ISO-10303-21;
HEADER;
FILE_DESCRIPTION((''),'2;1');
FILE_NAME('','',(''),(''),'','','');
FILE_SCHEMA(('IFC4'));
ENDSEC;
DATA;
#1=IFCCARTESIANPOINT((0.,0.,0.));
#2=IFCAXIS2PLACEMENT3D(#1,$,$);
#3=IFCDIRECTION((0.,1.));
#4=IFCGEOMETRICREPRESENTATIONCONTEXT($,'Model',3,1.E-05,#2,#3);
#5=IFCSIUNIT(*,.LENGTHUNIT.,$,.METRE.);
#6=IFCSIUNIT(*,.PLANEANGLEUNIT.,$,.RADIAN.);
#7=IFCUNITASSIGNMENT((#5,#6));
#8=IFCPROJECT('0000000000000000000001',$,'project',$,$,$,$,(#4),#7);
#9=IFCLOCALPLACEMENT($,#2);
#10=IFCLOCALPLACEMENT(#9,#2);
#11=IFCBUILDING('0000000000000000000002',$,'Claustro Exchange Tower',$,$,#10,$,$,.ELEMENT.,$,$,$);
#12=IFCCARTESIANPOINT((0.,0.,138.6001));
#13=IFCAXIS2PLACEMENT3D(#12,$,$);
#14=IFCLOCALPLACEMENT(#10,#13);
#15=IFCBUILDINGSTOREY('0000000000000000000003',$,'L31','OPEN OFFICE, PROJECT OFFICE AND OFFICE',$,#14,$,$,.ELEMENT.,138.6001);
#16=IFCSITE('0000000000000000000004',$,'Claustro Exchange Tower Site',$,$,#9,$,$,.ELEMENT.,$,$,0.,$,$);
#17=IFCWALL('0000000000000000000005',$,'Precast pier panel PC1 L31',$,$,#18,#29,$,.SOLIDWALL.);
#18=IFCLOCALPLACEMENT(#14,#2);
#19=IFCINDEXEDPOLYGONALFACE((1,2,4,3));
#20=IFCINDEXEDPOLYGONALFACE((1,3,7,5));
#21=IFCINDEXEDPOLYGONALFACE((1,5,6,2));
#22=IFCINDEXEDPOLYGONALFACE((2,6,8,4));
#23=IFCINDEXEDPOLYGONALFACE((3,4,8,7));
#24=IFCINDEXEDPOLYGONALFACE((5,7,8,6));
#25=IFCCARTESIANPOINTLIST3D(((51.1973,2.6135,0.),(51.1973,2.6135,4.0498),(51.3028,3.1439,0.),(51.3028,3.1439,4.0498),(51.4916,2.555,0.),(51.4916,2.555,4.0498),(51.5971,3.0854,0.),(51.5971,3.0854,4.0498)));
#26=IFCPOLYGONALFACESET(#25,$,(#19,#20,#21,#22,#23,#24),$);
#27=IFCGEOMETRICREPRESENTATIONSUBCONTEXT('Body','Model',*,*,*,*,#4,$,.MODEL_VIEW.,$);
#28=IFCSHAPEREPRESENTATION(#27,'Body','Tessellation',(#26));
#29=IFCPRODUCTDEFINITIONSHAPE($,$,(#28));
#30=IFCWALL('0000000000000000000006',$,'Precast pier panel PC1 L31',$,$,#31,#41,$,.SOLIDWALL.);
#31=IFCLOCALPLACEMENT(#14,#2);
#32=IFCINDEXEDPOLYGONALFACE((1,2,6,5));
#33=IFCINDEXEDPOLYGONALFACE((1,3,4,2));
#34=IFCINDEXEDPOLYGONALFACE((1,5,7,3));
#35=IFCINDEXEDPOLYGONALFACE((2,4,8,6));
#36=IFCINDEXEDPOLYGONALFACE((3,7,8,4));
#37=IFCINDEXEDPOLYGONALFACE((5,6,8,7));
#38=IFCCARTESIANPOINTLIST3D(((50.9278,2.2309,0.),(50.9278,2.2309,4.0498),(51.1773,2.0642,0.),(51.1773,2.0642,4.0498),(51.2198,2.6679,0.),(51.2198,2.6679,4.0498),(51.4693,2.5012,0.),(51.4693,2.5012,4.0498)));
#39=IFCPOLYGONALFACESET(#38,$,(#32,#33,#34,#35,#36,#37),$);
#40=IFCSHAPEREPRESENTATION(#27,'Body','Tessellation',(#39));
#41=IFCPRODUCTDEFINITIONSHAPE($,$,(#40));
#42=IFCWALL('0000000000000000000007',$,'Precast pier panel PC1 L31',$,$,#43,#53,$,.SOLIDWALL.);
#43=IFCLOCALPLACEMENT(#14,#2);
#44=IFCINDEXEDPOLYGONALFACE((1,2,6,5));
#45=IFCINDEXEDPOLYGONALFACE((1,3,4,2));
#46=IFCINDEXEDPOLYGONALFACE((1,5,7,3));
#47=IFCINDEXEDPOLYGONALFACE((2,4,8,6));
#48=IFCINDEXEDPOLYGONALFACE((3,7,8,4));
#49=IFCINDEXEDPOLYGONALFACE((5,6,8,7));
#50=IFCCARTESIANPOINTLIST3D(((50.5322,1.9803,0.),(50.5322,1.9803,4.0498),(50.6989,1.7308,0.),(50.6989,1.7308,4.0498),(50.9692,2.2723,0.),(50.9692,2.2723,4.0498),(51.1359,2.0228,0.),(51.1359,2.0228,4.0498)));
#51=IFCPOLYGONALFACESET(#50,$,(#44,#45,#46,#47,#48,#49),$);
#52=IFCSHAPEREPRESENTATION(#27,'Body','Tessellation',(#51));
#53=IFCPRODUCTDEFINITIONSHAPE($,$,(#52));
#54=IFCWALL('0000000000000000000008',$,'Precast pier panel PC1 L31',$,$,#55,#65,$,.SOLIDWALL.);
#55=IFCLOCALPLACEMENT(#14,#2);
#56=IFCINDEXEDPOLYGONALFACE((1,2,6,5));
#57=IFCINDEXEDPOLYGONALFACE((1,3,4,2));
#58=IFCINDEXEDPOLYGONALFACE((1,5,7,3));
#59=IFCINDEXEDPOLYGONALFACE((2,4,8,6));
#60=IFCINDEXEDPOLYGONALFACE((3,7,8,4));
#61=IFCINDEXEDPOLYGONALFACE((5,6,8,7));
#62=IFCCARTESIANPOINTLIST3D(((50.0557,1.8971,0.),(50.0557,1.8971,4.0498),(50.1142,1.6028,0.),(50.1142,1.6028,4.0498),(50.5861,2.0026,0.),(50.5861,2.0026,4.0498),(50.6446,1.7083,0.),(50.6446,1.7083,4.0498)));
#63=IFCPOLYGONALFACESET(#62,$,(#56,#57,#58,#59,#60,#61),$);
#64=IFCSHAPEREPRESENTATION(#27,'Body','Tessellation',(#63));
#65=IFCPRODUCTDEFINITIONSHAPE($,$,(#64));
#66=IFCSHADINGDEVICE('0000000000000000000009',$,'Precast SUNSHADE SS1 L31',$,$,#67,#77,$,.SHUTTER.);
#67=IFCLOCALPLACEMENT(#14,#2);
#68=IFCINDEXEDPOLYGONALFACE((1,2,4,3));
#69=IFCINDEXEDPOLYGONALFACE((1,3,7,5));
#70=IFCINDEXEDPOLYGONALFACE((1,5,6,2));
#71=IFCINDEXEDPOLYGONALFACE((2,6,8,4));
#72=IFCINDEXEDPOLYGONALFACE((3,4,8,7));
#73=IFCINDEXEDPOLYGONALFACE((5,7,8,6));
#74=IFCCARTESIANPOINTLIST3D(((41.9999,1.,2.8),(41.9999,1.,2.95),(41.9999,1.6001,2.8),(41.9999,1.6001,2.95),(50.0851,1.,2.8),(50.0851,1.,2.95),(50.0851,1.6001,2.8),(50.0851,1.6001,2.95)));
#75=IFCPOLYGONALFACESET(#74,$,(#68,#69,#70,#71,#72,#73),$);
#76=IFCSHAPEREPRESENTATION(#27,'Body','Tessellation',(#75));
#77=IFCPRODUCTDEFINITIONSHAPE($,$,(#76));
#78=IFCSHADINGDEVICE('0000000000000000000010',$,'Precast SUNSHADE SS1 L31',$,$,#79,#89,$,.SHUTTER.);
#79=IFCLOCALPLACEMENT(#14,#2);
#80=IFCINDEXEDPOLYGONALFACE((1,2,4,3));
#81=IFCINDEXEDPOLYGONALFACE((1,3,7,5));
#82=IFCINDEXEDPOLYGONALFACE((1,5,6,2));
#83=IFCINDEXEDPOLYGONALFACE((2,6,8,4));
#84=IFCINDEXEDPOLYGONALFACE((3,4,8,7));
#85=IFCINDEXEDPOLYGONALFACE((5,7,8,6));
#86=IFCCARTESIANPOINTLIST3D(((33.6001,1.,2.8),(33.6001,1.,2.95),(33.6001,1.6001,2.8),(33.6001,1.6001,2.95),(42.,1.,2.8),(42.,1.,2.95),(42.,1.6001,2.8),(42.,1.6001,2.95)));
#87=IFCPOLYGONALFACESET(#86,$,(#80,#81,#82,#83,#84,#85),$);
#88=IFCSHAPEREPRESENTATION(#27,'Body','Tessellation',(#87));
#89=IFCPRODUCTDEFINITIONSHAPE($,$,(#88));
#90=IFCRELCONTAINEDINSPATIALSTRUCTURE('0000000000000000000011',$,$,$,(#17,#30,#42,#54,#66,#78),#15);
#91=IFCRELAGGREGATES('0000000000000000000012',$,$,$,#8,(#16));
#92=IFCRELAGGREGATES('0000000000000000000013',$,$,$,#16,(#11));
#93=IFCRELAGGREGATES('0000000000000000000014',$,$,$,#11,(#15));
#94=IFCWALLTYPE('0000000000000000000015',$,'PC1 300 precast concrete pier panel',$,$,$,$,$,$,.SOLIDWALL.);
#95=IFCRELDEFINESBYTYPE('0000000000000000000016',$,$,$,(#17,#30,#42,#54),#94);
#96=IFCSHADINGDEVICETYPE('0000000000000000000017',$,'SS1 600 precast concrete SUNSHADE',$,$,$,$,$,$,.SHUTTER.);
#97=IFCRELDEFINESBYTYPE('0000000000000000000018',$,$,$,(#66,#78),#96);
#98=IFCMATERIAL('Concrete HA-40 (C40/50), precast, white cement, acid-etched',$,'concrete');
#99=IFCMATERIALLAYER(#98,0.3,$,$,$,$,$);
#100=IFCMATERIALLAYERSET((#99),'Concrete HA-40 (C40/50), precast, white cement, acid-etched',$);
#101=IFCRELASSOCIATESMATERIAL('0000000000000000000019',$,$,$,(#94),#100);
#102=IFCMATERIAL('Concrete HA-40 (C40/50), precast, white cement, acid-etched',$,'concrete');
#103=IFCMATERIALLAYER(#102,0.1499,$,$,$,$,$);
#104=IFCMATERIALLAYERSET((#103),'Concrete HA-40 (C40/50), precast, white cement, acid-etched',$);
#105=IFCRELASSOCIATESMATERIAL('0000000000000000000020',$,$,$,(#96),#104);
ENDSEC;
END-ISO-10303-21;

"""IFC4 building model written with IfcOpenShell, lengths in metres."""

from ifc_helpers import new_model, si_unit, direction, frame, frame_2d, origin, origin_2d, place, context, subcontext, project, spatial, rectangle, extrude, material, layer, layer_set, type_object, element, save


model = new_model("IFC4")

# Units and contexts
model_context = context("Model", 3, precision=1e-05, world=origin(), true_north=direction((0.0, 1.0)))
body_context = subcontext(model_context, "Body", "Model", "MODEL_VIEW")
ifc_project = project(units=[si_unit("LENGTHUNIT", "METRE"), si_unit("PLANEANGLEUNIT", "RADIAN")], contexts=[model_context])

# Site, building, storey
site_placement = place(None, origin())
site = spatial("IfcSite", under=ifc_project, at=site_placement, Name="Claustro Exchange Tower Site", CompositionType="ELEMENT", RefElevation=0.0)
building_placement = place(site_placement, origin())
building = spatial("IfcBuilding", under=site, at=building_placement, Name="Claustro Exchange Tower", CompositionType="ELEMENT")
storey_placement = place(building_placement, frame((0.0, 0.0, 138.6001)))
storey = spatial("IfcBuildingStorey", under=building, at=storey_placement, Name="L31", Description="OPEN OFFICE, PROJECT OFFICE AND OFFICE", CompositionType="ELEMENT", Elevation=138.6001)

# Shared definitions
ifc_material_1 = material(Name="Concrete HA-40 (C40/50), precast, white cement, acid-etched", Category="concrete")
ifc_layer_1 = layer(ifc_material_1, 0.3)
ifc_layer_set_1 = layer_set([ifc_layer_1], Name="Concrete HA-40 (C40/50), precast, white cement, acid-etched")
wall_type_1 = type_object("IfcWallType", Name="PC1 300 precast concrete pier panel", PredefinedType="SOLIDWALL", material=ifc_layer_set_1)

# Walls
wall_1_placement = place(storey_placement, frame((51.45, 3.1147, 0.0), z_axis=(0.0, 0.0, 1.0), x_axis=(-0.195074, -0.980789, 0.0)))
element("IfcWall", 1, at=wall_1_placement, inside=storey, type_object=wall_type_1, Name="Precast pier panel PC1 L31", PredefinedType="SOLIDWALL", context=body_context, shape_type="SweptSolid", body=[
    extrude(rectangle(XDim=0.5408, YDim=0.3, at=frame_2d((0.2705, 0.0))), origin(), (0.0, 0.0, 1.0), 4.0498),
])
for number, where, z_axis, x_axis, name in (
    (2, (51.3445, 2.5845, 0.0), (0.0, 0.0, 1.0), (-0.555557, -0.831478, 0.0), "Precast pier panel PC1 L31"),
    (3, (51.0525, 2.1475, 0.0), (0.0, 0.0, 1.0), (-0.831478, -0.555557, 0.0), "Precast pier panel PC1 L31"),
):
    element("IfcWall", number, at=place(storey_placement, frame(where, z_axis=z_axis, x_axis=x_axis)), inside=storey, type_object=wall_type_1, Name=name, PredefinedType="SOLIDWALL", context=body_context, shape_type="SweptSolid", body=[
        extrude(rectangle(XDim=0.5256, YDim=0.3, at=frame_2d((0.2627, 0.0))), origin(), (0.0, 0.0, 1.0), 4.0498),
    ])
wall_2_placement = place(storey_placement, frame((50.6155, 1.8555, 0.0), z_axis=(0.0, 0.0, 1.0), x_axis=(-0.980789, -0.195074, 0.0)))
element("IfcWall", 4, at=wall_2_placement, inside=storey, type_object=wall_type_1, Name="Precast pier panel PC1 L31", PredefinedType="SOLIDWALL", context=body_context, shape_type="SweptSolid", body=[
    extrude(rectangle(XDim=0.5408, YDim=0.3, at=frame_2d((0.2705, 0.0))), origin(), (0.0, 0.0, 1.0), 4.0498),
])

# Shading devices
ifc_material_2 = material(Name="Concrete HA-40 (C40/50), precast, white cement, acid-etched", Category="concrete")
ifc_layer_2 = layer(ifc_material_2, 0.1499)
ifc_layer_set_2 = layer_set([ifc_layer_2], Name="Concrete HA-40 (C40/50), precast, white cement, acid-etched")
shading_device_type = type_object("IfcShadingDeviceType", Name="SS1 600 precast concrete SUNSHADE", PredefinedType="SHUTTER", material=ifc_layer_set_2)
shading_device_1_placement = place(storey_placement, frame((46.0425, 1.3, 2.8), z_axis=(0.0, 0.0, 1.0), x_axis=(-1.0, 0.0, 0.0)))
element("IfcShadingDevice", 5, at=shading_device_1_placement, inside=storey, type_object=shading_device_type, Name="Precast SUNSHADE SS1 L31", PredefinedType="SHUTTER", context=body_context, shape_type="SweptSolid", body=[
    extrude(rectangle(XDim=8.0852, YDim=0.6001, at=origin_2d()), origin(), (0.0, 0.0, 1.0), 0.1499),
])
shading_device_2_placement = place(storey_placement, frame((37.8, 1.3, 2.8), z_axis=(0.0, 0.0, 1.0), x_axis=(-1.0, 0.0, 0.0)))
element("IfcShadingDevice", 6, at=shading_device_2_placement, inside=storey, type_object=shading_device_type, Name="Precast SUNSHADE SS1 L31", PredefinedType="SHUTTER", context=body_context, shape_type="SweptSolid", body=[
    extrude(rectangle(XDim=8.3999, YDim=0.6001, at=origin_2d()), origin(), (0.0, 0.0, 1.0), 0.1499),
])

save(model, "model.ifc")
